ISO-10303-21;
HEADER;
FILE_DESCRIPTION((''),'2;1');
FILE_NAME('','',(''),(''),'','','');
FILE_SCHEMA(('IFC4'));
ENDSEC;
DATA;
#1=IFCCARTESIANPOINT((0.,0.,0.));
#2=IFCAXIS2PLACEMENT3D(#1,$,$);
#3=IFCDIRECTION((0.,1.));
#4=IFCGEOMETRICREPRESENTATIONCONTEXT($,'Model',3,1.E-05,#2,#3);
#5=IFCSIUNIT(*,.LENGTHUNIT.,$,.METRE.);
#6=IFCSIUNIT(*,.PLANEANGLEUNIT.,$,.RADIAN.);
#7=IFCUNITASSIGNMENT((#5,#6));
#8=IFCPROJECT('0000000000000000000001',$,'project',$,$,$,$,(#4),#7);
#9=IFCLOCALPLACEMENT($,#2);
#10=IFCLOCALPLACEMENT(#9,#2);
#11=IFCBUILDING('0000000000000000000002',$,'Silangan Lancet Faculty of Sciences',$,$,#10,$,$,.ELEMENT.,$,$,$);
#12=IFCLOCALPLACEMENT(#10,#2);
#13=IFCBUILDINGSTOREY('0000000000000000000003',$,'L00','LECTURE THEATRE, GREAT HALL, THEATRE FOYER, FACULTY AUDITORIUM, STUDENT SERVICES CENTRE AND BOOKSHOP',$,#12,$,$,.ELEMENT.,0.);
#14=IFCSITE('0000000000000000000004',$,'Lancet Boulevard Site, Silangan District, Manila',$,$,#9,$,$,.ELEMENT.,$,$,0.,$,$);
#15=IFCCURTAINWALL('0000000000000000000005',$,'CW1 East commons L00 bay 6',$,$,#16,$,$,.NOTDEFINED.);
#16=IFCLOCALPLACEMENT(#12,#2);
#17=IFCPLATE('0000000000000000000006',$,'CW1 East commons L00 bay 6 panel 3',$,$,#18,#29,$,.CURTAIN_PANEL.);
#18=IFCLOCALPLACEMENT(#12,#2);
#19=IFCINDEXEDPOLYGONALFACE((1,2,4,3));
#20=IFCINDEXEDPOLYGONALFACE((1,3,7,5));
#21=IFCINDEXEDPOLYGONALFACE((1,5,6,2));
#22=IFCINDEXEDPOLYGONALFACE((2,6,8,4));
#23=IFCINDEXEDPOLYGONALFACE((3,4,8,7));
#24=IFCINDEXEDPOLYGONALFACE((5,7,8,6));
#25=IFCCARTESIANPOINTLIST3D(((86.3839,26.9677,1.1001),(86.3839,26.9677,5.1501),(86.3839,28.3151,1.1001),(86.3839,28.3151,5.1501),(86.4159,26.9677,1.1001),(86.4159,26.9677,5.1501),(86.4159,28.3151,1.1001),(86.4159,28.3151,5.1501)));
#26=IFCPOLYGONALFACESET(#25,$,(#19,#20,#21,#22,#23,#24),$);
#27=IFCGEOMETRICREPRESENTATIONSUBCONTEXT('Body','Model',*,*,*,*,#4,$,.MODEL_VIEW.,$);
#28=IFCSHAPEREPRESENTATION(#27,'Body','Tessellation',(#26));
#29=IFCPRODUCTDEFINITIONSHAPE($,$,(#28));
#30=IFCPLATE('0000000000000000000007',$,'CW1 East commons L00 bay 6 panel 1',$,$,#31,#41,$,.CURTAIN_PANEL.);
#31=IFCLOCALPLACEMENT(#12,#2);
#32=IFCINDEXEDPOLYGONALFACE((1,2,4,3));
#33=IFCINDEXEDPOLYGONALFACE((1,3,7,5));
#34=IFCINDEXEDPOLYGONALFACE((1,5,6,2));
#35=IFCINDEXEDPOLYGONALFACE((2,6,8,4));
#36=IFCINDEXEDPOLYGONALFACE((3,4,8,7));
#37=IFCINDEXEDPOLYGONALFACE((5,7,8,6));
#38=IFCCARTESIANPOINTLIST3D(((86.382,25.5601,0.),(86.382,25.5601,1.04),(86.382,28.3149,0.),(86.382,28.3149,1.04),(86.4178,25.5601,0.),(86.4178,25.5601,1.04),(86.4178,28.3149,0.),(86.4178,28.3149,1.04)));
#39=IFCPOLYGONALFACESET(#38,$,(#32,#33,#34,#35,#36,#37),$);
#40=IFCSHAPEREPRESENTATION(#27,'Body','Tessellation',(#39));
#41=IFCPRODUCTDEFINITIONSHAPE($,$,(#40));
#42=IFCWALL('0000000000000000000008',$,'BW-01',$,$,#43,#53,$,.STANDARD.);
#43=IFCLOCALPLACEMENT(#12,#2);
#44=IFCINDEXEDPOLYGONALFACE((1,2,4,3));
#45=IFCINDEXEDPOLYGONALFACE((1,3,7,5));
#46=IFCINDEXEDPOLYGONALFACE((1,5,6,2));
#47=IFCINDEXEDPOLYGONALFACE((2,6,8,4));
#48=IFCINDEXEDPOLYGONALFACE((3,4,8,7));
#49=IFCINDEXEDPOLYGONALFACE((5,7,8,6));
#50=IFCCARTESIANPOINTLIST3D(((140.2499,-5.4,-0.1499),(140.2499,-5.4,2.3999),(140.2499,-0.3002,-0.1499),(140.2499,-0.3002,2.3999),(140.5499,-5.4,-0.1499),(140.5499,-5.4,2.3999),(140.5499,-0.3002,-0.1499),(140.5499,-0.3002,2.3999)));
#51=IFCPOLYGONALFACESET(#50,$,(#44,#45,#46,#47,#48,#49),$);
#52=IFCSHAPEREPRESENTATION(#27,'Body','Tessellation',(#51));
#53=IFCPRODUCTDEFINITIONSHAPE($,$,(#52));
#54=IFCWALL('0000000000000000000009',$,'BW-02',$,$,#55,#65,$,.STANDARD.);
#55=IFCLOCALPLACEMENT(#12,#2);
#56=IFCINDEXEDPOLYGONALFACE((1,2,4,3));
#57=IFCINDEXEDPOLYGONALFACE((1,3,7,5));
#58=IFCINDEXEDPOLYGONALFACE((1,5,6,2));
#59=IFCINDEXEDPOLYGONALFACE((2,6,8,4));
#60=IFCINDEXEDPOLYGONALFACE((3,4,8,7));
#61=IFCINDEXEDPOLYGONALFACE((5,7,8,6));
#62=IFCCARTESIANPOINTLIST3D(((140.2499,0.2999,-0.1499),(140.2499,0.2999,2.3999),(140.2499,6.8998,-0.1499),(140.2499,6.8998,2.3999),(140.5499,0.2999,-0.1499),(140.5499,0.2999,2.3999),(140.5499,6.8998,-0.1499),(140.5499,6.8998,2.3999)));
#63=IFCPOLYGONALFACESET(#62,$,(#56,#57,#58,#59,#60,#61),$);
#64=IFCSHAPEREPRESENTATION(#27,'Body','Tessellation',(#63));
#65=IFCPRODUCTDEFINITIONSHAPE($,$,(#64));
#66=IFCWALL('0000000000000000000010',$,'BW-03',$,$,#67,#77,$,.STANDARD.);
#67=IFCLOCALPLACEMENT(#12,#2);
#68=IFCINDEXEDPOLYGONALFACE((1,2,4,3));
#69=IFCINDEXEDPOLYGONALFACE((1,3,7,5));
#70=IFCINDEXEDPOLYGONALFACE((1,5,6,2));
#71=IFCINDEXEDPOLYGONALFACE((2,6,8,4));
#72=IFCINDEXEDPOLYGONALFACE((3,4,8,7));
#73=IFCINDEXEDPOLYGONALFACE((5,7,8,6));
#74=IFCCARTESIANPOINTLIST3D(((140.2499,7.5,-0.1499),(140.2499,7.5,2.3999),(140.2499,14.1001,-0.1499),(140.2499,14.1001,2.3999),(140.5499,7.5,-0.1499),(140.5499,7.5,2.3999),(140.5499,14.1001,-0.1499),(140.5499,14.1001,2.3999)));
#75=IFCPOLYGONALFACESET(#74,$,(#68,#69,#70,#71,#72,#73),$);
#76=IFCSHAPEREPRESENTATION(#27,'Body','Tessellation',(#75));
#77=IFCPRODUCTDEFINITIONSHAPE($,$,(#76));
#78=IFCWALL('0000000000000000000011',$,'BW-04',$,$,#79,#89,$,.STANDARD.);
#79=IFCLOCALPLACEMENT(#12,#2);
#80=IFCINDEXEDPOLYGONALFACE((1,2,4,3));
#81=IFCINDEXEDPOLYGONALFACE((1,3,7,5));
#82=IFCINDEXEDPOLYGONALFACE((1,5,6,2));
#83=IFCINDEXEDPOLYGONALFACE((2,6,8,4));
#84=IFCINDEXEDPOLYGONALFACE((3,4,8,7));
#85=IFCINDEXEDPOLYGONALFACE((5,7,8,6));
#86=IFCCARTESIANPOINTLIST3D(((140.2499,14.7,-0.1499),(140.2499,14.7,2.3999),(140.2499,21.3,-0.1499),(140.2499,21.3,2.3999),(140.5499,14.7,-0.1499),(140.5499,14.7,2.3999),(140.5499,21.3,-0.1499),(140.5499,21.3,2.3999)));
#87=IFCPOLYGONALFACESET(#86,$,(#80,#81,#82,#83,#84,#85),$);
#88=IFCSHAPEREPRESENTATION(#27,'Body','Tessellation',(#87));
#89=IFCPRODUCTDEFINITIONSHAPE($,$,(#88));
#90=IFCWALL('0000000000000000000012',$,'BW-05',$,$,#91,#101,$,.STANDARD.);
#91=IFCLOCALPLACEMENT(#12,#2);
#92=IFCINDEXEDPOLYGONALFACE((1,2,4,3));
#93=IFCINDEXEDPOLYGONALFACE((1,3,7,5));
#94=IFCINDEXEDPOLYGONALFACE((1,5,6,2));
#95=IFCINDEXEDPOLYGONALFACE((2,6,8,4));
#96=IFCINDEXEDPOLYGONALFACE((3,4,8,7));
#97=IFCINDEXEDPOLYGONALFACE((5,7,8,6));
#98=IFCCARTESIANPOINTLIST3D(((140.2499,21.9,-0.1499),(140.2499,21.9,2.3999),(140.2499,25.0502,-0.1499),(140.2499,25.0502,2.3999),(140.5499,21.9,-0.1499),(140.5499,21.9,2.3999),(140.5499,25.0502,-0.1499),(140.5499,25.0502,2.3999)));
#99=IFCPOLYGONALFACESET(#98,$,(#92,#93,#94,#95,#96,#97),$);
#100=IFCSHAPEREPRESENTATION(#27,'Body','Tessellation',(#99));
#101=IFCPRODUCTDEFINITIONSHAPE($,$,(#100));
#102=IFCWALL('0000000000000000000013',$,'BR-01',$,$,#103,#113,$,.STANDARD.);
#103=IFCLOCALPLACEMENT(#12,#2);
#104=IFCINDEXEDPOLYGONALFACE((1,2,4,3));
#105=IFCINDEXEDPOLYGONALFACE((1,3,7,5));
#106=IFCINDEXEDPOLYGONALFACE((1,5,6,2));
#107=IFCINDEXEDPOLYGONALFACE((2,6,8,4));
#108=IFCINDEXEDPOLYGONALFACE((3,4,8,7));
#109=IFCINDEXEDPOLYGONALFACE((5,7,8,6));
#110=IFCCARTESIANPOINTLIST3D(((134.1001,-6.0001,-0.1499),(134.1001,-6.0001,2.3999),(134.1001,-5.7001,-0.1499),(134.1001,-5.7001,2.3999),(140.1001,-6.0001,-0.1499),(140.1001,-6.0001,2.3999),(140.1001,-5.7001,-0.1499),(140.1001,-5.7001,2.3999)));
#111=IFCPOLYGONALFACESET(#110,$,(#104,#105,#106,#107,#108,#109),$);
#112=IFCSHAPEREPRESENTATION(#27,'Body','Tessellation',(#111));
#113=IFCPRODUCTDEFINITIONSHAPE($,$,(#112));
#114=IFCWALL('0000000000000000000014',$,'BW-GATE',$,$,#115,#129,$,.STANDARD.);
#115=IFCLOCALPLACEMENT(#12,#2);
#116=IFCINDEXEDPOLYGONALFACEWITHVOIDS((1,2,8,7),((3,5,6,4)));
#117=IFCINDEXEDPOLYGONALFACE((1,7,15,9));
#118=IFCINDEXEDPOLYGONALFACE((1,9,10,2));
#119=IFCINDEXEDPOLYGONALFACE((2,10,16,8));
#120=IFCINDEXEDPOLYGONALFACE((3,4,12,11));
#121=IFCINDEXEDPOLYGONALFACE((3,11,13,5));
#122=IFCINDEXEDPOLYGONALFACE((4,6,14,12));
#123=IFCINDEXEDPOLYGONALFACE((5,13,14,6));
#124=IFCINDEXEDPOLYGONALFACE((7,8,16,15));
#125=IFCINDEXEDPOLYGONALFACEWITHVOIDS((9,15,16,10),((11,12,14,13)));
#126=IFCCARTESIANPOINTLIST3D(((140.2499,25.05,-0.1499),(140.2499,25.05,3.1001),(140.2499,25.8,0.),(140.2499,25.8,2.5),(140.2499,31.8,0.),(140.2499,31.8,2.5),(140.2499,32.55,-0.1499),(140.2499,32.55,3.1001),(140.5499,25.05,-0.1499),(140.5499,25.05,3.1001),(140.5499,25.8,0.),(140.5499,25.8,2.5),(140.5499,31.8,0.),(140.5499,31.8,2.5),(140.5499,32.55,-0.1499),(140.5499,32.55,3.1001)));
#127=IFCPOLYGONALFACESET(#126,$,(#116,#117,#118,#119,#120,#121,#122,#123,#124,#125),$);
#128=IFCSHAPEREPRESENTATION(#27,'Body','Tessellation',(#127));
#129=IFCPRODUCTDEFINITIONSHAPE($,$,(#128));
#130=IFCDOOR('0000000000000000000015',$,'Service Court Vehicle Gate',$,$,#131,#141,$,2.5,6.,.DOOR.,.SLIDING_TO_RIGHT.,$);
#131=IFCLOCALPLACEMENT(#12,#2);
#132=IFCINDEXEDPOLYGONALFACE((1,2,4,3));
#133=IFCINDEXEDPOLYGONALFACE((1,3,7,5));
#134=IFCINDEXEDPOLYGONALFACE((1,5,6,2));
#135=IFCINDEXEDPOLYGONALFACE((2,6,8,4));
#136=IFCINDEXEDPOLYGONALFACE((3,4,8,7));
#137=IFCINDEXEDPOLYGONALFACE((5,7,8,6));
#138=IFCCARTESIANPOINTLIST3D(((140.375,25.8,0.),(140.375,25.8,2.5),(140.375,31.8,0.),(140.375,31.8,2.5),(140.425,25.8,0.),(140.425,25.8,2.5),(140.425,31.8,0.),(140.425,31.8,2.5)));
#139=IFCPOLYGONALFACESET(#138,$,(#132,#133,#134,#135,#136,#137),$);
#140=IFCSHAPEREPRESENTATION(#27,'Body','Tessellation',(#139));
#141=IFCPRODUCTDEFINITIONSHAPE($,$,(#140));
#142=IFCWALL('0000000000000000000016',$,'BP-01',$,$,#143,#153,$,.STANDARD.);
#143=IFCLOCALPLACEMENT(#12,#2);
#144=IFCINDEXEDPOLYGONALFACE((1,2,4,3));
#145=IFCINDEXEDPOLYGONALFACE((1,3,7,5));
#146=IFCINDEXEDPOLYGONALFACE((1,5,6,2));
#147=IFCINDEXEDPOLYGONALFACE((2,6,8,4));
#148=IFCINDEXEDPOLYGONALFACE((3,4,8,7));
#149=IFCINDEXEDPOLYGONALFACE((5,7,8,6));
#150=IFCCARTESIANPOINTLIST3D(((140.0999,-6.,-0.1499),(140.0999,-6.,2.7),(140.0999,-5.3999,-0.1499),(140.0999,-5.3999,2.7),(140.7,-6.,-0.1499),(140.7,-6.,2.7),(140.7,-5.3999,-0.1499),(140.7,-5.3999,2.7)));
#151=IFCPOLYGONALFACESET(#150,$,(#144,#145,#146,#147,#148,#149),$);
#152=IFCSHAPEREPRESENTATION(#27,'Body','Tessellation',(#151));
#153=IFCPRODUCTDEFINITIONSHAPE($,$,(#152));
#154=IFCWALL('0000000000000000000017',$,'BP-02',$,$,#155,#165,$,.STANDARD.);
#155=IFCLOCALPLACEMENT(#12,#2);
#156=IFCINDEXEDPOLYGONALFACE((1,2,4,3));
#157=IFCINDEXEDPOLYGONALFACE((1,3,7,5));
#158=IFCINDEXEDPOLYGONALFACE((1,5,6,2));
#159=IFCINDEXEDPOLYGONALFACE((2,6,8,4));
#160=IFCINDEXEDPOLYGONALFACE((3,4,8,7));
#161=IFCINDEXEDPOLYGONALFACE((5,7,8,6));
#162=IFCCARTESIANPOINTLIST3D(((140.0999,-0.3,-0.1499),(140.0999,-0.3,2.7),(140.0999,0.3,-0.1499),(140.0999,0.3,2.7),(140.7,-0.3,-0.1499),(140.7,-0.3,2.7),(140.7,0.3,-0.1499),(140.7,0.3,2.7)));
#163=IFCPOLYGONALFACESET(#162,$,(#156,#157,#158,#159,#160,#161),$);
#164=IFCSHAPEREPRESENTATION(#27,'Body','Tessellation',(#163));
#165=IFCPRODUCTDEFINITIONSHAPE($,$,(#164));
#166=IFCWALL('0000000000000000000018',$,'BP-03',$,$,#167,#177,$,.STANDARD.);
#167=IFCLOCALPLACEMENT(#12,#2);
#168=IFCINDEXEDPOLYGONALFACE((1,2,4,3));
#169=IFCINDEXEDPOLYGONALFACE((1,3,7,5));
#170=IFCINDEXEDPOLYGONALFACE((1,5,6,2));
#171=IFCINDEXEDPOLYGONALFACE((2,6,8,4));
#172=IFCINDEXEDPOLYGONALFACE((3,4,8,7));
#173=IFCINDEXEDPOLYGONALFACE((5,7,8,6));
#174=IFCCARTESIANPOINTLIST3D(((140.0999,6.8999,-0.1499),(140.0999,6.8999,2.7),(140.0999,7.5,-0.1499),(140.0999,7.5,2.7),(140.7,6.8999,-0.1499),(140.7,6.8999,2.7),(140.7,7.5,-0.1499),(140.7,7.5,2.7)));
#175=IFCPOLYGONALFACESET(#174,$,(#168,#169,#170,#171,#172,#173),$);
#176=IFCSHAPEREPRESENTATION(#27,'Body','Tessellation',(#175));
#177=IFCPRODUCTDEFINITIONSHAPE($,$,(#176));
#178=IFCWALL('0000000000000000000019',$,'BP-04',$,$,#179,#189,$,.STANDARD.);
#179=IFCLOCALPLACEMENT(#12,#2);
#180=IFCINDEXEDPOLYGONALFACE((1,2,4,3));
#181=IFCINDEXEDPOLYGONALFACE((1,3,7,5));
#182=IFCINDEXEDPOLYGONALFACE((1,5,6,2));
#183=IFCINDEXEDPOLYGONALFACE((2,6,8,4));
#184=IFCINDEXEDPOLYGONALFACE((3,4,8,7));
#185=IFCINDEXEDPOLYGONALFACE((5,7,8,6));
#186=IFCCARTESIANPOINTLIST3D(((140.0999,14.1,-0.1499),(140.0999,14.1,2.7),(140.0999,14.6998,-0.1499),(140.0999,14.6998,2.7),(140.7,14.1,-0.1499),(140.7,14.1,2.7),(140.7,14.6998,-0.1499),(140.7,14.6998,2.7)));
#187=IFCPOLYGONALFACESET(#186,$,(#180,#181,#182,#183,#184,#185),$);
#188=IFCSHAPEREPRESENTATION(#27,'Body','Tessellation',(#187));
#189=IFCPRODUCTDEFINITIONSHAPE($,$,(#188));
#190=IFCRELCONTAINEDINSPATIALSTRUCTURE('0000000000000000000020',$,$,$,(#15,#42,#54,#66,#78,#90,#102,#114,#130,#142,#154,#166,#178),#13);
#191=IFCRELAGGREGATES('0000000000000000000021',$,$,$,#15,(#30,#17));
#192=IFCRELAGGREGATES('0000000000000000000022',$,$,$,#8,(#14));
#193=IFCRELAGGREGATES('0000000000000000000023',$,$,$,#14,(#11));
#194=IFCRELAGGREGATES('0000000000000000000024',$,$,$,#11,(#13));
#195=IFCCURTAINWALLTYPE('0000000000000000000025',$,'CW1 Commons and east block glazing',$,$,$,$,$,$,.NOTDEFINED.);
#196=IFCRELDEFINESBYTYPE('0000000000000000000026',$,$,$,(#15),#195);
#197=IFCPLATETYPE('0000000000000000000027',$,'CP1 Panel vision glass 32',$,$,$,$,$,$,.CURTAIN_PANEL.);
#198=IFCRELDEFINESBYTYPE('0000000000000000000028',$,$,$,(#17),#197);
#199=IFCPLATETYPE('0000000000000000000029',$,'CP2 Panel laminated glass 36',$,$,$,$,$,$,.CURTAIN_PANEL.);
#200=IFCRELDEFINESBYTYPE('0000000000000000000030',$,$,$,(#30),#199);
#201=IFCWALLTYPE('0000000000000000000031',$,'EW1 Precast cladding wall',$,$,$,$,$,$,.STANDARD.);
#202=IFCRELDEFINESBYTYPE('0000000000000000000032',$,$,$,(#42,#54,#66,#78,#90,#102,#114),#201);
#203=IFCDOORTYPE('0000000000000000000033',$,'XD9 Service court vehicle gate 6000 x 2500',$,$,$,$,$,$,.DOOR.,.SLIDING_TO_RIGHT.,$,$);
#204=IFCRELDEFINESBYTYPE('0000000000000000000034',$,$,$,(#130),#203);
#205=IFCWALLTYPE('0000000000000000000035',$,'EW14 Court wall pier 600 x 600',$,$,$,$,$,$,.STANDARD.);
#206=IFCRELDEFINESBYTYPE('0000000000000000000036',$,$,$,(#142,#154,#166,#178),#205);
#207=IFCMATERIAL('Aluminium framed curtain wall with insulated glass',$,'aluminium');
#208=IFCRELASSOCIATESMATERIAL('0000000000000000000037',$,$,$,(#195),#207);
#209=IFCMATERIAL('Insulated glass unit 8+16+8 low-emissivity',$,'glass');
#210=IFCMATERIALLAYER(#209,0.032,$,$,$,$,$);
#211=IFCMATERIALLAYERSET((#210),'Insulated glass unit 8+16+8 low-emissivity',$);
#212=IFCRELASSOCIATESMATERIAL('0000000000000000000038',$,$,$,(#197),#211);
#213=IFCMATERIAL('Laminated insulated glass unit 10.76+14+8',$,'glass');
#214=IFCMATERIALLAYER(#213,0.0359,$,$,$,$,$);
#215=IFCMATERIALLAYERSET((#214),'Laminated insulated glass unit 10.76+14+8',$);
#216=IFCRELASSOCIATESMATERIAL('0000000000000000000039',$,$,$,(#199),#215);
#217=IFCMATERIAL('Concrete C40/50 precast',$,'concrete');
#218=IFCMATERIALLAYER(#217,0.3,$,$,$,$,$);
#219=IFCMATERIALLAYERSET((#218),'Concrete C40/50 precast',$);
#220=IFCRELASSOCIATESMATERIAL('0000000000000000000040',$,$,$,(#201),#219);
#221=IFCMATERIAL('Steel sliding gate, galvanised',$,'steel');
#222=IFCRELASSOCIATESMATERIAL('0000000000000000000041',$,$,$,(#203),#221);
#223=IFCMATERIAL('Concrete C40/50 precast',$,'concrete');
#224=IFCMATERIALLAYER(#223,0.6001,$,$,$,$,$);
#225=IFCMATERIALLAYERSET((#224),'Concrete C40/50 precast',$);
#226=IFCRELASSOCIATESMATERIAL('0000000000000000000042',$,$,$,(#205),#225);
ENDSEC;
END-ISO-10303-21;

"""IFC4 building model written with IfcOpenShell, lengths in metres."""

from ifc_helpers import new_model, si_unit, direction, frame, frame_2d, origin, origin_2d, place, context, subcontext, project, spatial, rectangle, extrude, material, layer, layer_set, type_object, element, fill, aggregate, save


model = new_model("IFC4")

# Units and contexts
model_context = context("Model", 3, precision=1e-05, world=origin(), true_north=direction((0.0, 1.0)))
body_context = subcontext(model_context, "Body", "Model", "MODEL_VIEW")
ifc_project = project(units=[si_unit("LENGTHUNIT", "METRE"), si_unit("PLANEANGLEUNIT", "RADIAN")], contexts=[model_context])

# Site, building, storey
site_placement = place(None, origin())
site = spatial("IfcSite", under=ifc_project, at=site_placement, Name="Lancet Boulevard Site, Silangan District, Manila", CompositionType="ELEMENT", RefElevation=0.0)
building_placement = place(site_placement, origin())
building = spatial("IfcBuilding", under=site, at=building_placement, Name="Silangan Lancet Faculty of Sciences", CompositionType="ELEMENT")
storey_placement = place(building_placement, origin())
storey = spatial("IfcBuildingStorey", under=building, at=storey_placement, Name="L00", Description="LECTURE THEATRE, GREAT HALL, THEATRE FOYER, FACULTY AUDITORIUM, STUDENT SERVICES CENTRE AND BOOKSHOP", CompositionType="ELEMENT", Elevation=0.0)

# Curtain wall, plates
ifc_material_1 = material(Name="Aluminium framed curtain wall with insulated glass", Category="aluminium")
curtain_wall_type = type_object("IfcCurtainWallType", Name="CW1 Commons and east block glazing", PredefinedType="NOTDEFINED", material=ifc_material_1)
curtain_wall_placement = place(storey_placement, origin())
curtain_wall = element("IfcCurtainWall", 1, at=curtain_wall_placement, inside=storey, type_object=curtain_wall_type, Name="CW1 East commons L00 bay 6", PredefinedType="NOTDEFINED")
ifc_material_2 = material(Name="Insulated glass unit 8+16+8 low-emissivity", Category="glass")
ifc_layer_1 = layer(ifc_material_2, 0.032)
ifc_layer_set_1 = layer_set([ifc_layer_1], Name="Insulated glass unit 8+16+8 low-emissivity")
plate_type_1 = type_object("IfcPlateType", Name="CP1 Panel vision glass 32", PredefinedType="CURTAIN_PANEL", material=ifc_layer_set_1)
plate_1_placement = place(storey_placement, frame((86.3999, 27.6414, 1.1001), z_axis=(0.0, 0.0, 1.0), x_axis=(0.0, 1.0, 0.0)))
plate_1 = element("IfcPlate", 2, at=plate_1_placement, type_object=plate_type_1, Name="CW1 East commons L00 bay 6 panel 3", PredefinedType="CURTAIN_PANEL", context=body_context, shape_type="SweptSolid", body=[
    extrude(rectangle(XDim=1.3474, YDim=0.032, at=origin_2d()), origin(), (0.0, 0.0, 1.0), 4.05),
])
ifc_material_3 = material(Name="Laminated insulated glass unit 10.76+14+8", Category="glass")
ifc_layer_2 = layer(ifc_material_3, 0.0359)
ifc_layer_set_2 = layer_set([ifc_layer_2], Name="Laminated insulated glass unit 10.76+14+8")
plate_type_2 = type_object("IfcPlateType", Name="CP2 Panel laminated glass 36", PredefinedType="CURTAIN_PANEL", material=ifc_layer_set_2)
plate_2_placement = place(storey_placement, frame((86.3999, 26.9375, 0.0), z_axis=(0.0, 0.0, 1.0), x_axis=(0.0, 1.0, 0.0)))
plate_2 = element("IfcPlate", 3, at=plate_2_placement, type_object=plate_type_2, Name="CW1 East commons L00 bay 6 panel 1", PredefinedType="CURTAIN_PANEL", context=body_context, shape_type="SweptSolid", body=[
    extrude(rectangle(XDim=2.7549, YDim=0.0359, at=origin_2d()), origin(), (0.0, 0.0, 1.0), 1.04),
])
aggregate(curtain_wall, [plate_2, plate_1])

# Walls
ifc_material_4 = material(Name="Concrete C40/50 precast", Category="concrete")
ifc_layer_3 = layer(ifc_material_4, 0.3)
ifc_layer_set_3 = layer_set([ifc_layer_3], Name="Concrete C40/50 precast")
wall_type_1 = type_object("IfcWallType", Name="EW1 Precast cladding wall", PredefinedType="STANDARD", material=ifc_layer_set_3)
wall_1_placement = place(storey_placement, frame((140.3999, -5.3999, -0.1499), z_axis=(0.0, 0.0, 1.0), x_axis=(0.0, 1.0, 0.0)))
element("IfcWall", 4, at=wall_1_placement, inside=storey, type_object=wall_type_1, Name="BW-01", PredefinedType="STANDARD", context=body_context, shape_type="SweptSolid", body=[
    extrude(rectangle(XDim=5.0999, YDim=0.3, at=frame_2d((2.5498, 0.0))), origin(), (0.0, 0.0, 1.0), 2.5498),
])
wall_2_placement = place(storey_placement, frame((140.3999, 0.3, -0.1499), z_axis=(0.0, 0.0, 1.0), x_axis=(0.0, 1.0, 0.0)))
element("IfcWall", 5, at=wall_2_placement, inside=storey, type_object=wall_type_1, Name="BW-02", PredefinedType="STANDARD", context=body_context, shape_type="SweptSolid", body=[
    extrude(rectangle(XDim=6.5999, YDim=0.3, at=frame_2d((3.2998, 0.0))), origin(), (0.0, 0.0, 1.0), 2.5498),
])
for number, where, z_axis, x_axis, name in (
    (6, (140.3999, 7.5, -0.1499), (0.0, 0.0, 1.0), (0.0, 1.0, 0.0), "BW-03"),
    (7, (140.3999, 14.7, -0.1499), (0.0, 0.0, 1.0), (0.0, 1.0, 0.0), "BW-04"),
):
    element("IfcWall", number, at=place(storey_placement, frame(where, z_axis=z_axis, x_axis=x_axis)), inside=storey, type_object=wall_type_1, Name=name, PredefinedType="STANDARD", context=body_context, shape_type="SweptSolid", body=[
        extrude(rectangle(XDim=6.6001, YDim=0.3, at=frame_2d((3.3, 0.0))), origin(), (0.0, 0.0, 1.0), 2.5498),
    ])
wall_3_placement = place(storey_placement, frame((140.3999, 21.8999, -0.1499), z_axis=(0.0, 0.0, 1.0), x_axis=(0.0, 1.0, 0.0)))
element("IfcWall", 8, at=wall_3_placement, inside=storey, type_object=wall_type_1, Name="BW-05", PredefinedType="STANDARD", context=body_context, shape_type="SweptSolid", body=[
    extrude(rectangle(XDim=3.1501, YDim=0.3, at=frame_2d((1.5752, 0.0))), origin(), (0.0, 0.0, 1.0), 2.5498),
])
wall_4_placement = place(storey_placement, frame((134.1001, -5.8501, -0.1499), z_axis=(0.0, 0.0, 1.0), x_axis=(1.0, 0.0, 0.0)))
element("IfcWall", 9, at=wall_4_placement, inside=storey, type_object=wall_type_1, Name="BR-01", PredefinedType="STANDARD", context=body_context, shape_type="SweptSolid", body=[
    extrude(rectangle(XDim=6.0, YDim=0.3, at=frame_2d((3.0, 0.0))), origin(), (0.0, 0.0, 1.0), 2.5498),
])

# Wall, opening, door
wall_5_placement = place(storey_placement, frame((140.3999, 25.05, -0.1499), z_axis=(0.0, 0.0, 1.0), x_axis=(0.0, 1.0, 0.0)))
wall_5 = element("IfcWall", 10, at=wall_5_placement, inside=storey, type_object=wall_type_1, Name="BW-GATE", PredefinedType="STANDARD", context=body_context, shape_type="SweptSolid", body=[
    extrude(rectangle(XDim=7.5, YDim=0.3, at=frame_2d((3.75, 0.0))), origin(), (0.0, 0.0, 1.0), 3.25),
])
opening_placement = place(wall_5_placement, frame((0.75, 0.0, 0.1499)))
opening = element("IfcOpeningElement", 11, at=opening_placement, cuts=wall_5, PredefinedType="OPENING", context=body_context, shape_type="SweptSolid", body=[
    extrude(rectangle(XDim=6.0, YDim=2.5, at=frame_2d((3.0, 1.25))), frame((0.0, 0.1599, 0.0), z_axis=(0.0, -1.0, 0.0), x_axis=(1.0, 0.0, 0.0)), (0.0, 0.0, 1.0), 0.3201),
])
ifc_material_5 = material(Name="Steel sliding gate, galvanised", Category="steel")
door_type = type_object("IfcDoorType", Name="XD9 Service court vehicle gate 6000 x 2500", OperationType="SLIDING_TO_RIGHT", PredefinedType="DOOR", material=ifc_material_5)
door_placement = place(opening_placement, origin())
door = element("IfcDoor", 12, at=door_placement, inside=storey, type_object=door_type, Name="Service Court Vehicle Gate", OperationType="SLIDING_TO_RIGHT", OverallHeight=2.5, OverallWidth=6.0, PredefinedType="DOOR", context=body_context, shape_type="SweptSolid", body=[
    extrude(rectangle(XDim=6.0, YDim=2.5, at=frame_2d((3.0, 1.25))), frame((0.0, 0.0249, 0.0), z_axis=(0.0, -1.0, 0.0), x_axis=(1.0, 0.0, 0.0)), (0.0, 0.0, 1.0), 0.05),
])
fill(opening, door)

# Walls
ifc_material_6 = material(Name="Concrete C40/50 precast", Category="concrete")
ifc_layer_4 = layer(ifc_material_6, 0.6001)
ifc_layer_set_4 = layer_set([ifc_layer_4], Name="Concrete C40/50 precast")
wall_type_2 = type_object("IfcWallType", Name="EW14 Court wall pier 600 x 600", PredefinedType="STANDARD", material=ifc_layer_set_4)
for number, where, z_axis, x_axis, name in (
    (13, (140.3999, -6.0, -0.1499), (0.0, 0.0, 1.0), (0.0, 1.0, 0.0), "BP-01"),
    (14, (140.3999, -0.3, -0.1499), (0.0, 0.0, 1.0), (0.0, 1.0, 0.0), "BP-02"),
    (15, (140.3999, 6.8999, -0.1499), (0.0, 0.0, 1.0), (0.0, 1.0, 0.0), "BP-03"),
):
    element("IfcWall", number, at=place(storey_placement, frame(where, z_axis=z_axis, x_axis=x_axis)), inside=storey, type_object=wall_type_2, Name=name, PredefinedType="STANDARD", context=body_context, shape_type="SweptSolid", body=[
        extrude(rectangle(XDim=0.6001, YDim=0.6001, at=frame_2d((0.3, 0.0))), origin(), (0.0, 0.0, 1.0), 2.8499),
    ])
for number, where, z_axis, x_axis, name in (
    (16, (140.3999, 14.1001, -0.1499), (0.0, 0.0, 1.0), (0.0, 1.0, 0.0), "BP-04"),
):
    element("IfcWall", number, at=place(storey_placement, frame(where, z_axis=z_axis, x_axis=x_axis)), inside=storey, type_object=wall_type_2, Name=name, PredefinedType="STANDARD", context=body_context, shape_type="SweptSolid", body=[
        extrude(rectangle(XDim=0.5999, YDim=0.6001, at=frame_2d((0.2998, 0.0))), origin(), (0.0, 0.0, 1.0), 2.8499),
    ])

save(model, "model.ifc")
